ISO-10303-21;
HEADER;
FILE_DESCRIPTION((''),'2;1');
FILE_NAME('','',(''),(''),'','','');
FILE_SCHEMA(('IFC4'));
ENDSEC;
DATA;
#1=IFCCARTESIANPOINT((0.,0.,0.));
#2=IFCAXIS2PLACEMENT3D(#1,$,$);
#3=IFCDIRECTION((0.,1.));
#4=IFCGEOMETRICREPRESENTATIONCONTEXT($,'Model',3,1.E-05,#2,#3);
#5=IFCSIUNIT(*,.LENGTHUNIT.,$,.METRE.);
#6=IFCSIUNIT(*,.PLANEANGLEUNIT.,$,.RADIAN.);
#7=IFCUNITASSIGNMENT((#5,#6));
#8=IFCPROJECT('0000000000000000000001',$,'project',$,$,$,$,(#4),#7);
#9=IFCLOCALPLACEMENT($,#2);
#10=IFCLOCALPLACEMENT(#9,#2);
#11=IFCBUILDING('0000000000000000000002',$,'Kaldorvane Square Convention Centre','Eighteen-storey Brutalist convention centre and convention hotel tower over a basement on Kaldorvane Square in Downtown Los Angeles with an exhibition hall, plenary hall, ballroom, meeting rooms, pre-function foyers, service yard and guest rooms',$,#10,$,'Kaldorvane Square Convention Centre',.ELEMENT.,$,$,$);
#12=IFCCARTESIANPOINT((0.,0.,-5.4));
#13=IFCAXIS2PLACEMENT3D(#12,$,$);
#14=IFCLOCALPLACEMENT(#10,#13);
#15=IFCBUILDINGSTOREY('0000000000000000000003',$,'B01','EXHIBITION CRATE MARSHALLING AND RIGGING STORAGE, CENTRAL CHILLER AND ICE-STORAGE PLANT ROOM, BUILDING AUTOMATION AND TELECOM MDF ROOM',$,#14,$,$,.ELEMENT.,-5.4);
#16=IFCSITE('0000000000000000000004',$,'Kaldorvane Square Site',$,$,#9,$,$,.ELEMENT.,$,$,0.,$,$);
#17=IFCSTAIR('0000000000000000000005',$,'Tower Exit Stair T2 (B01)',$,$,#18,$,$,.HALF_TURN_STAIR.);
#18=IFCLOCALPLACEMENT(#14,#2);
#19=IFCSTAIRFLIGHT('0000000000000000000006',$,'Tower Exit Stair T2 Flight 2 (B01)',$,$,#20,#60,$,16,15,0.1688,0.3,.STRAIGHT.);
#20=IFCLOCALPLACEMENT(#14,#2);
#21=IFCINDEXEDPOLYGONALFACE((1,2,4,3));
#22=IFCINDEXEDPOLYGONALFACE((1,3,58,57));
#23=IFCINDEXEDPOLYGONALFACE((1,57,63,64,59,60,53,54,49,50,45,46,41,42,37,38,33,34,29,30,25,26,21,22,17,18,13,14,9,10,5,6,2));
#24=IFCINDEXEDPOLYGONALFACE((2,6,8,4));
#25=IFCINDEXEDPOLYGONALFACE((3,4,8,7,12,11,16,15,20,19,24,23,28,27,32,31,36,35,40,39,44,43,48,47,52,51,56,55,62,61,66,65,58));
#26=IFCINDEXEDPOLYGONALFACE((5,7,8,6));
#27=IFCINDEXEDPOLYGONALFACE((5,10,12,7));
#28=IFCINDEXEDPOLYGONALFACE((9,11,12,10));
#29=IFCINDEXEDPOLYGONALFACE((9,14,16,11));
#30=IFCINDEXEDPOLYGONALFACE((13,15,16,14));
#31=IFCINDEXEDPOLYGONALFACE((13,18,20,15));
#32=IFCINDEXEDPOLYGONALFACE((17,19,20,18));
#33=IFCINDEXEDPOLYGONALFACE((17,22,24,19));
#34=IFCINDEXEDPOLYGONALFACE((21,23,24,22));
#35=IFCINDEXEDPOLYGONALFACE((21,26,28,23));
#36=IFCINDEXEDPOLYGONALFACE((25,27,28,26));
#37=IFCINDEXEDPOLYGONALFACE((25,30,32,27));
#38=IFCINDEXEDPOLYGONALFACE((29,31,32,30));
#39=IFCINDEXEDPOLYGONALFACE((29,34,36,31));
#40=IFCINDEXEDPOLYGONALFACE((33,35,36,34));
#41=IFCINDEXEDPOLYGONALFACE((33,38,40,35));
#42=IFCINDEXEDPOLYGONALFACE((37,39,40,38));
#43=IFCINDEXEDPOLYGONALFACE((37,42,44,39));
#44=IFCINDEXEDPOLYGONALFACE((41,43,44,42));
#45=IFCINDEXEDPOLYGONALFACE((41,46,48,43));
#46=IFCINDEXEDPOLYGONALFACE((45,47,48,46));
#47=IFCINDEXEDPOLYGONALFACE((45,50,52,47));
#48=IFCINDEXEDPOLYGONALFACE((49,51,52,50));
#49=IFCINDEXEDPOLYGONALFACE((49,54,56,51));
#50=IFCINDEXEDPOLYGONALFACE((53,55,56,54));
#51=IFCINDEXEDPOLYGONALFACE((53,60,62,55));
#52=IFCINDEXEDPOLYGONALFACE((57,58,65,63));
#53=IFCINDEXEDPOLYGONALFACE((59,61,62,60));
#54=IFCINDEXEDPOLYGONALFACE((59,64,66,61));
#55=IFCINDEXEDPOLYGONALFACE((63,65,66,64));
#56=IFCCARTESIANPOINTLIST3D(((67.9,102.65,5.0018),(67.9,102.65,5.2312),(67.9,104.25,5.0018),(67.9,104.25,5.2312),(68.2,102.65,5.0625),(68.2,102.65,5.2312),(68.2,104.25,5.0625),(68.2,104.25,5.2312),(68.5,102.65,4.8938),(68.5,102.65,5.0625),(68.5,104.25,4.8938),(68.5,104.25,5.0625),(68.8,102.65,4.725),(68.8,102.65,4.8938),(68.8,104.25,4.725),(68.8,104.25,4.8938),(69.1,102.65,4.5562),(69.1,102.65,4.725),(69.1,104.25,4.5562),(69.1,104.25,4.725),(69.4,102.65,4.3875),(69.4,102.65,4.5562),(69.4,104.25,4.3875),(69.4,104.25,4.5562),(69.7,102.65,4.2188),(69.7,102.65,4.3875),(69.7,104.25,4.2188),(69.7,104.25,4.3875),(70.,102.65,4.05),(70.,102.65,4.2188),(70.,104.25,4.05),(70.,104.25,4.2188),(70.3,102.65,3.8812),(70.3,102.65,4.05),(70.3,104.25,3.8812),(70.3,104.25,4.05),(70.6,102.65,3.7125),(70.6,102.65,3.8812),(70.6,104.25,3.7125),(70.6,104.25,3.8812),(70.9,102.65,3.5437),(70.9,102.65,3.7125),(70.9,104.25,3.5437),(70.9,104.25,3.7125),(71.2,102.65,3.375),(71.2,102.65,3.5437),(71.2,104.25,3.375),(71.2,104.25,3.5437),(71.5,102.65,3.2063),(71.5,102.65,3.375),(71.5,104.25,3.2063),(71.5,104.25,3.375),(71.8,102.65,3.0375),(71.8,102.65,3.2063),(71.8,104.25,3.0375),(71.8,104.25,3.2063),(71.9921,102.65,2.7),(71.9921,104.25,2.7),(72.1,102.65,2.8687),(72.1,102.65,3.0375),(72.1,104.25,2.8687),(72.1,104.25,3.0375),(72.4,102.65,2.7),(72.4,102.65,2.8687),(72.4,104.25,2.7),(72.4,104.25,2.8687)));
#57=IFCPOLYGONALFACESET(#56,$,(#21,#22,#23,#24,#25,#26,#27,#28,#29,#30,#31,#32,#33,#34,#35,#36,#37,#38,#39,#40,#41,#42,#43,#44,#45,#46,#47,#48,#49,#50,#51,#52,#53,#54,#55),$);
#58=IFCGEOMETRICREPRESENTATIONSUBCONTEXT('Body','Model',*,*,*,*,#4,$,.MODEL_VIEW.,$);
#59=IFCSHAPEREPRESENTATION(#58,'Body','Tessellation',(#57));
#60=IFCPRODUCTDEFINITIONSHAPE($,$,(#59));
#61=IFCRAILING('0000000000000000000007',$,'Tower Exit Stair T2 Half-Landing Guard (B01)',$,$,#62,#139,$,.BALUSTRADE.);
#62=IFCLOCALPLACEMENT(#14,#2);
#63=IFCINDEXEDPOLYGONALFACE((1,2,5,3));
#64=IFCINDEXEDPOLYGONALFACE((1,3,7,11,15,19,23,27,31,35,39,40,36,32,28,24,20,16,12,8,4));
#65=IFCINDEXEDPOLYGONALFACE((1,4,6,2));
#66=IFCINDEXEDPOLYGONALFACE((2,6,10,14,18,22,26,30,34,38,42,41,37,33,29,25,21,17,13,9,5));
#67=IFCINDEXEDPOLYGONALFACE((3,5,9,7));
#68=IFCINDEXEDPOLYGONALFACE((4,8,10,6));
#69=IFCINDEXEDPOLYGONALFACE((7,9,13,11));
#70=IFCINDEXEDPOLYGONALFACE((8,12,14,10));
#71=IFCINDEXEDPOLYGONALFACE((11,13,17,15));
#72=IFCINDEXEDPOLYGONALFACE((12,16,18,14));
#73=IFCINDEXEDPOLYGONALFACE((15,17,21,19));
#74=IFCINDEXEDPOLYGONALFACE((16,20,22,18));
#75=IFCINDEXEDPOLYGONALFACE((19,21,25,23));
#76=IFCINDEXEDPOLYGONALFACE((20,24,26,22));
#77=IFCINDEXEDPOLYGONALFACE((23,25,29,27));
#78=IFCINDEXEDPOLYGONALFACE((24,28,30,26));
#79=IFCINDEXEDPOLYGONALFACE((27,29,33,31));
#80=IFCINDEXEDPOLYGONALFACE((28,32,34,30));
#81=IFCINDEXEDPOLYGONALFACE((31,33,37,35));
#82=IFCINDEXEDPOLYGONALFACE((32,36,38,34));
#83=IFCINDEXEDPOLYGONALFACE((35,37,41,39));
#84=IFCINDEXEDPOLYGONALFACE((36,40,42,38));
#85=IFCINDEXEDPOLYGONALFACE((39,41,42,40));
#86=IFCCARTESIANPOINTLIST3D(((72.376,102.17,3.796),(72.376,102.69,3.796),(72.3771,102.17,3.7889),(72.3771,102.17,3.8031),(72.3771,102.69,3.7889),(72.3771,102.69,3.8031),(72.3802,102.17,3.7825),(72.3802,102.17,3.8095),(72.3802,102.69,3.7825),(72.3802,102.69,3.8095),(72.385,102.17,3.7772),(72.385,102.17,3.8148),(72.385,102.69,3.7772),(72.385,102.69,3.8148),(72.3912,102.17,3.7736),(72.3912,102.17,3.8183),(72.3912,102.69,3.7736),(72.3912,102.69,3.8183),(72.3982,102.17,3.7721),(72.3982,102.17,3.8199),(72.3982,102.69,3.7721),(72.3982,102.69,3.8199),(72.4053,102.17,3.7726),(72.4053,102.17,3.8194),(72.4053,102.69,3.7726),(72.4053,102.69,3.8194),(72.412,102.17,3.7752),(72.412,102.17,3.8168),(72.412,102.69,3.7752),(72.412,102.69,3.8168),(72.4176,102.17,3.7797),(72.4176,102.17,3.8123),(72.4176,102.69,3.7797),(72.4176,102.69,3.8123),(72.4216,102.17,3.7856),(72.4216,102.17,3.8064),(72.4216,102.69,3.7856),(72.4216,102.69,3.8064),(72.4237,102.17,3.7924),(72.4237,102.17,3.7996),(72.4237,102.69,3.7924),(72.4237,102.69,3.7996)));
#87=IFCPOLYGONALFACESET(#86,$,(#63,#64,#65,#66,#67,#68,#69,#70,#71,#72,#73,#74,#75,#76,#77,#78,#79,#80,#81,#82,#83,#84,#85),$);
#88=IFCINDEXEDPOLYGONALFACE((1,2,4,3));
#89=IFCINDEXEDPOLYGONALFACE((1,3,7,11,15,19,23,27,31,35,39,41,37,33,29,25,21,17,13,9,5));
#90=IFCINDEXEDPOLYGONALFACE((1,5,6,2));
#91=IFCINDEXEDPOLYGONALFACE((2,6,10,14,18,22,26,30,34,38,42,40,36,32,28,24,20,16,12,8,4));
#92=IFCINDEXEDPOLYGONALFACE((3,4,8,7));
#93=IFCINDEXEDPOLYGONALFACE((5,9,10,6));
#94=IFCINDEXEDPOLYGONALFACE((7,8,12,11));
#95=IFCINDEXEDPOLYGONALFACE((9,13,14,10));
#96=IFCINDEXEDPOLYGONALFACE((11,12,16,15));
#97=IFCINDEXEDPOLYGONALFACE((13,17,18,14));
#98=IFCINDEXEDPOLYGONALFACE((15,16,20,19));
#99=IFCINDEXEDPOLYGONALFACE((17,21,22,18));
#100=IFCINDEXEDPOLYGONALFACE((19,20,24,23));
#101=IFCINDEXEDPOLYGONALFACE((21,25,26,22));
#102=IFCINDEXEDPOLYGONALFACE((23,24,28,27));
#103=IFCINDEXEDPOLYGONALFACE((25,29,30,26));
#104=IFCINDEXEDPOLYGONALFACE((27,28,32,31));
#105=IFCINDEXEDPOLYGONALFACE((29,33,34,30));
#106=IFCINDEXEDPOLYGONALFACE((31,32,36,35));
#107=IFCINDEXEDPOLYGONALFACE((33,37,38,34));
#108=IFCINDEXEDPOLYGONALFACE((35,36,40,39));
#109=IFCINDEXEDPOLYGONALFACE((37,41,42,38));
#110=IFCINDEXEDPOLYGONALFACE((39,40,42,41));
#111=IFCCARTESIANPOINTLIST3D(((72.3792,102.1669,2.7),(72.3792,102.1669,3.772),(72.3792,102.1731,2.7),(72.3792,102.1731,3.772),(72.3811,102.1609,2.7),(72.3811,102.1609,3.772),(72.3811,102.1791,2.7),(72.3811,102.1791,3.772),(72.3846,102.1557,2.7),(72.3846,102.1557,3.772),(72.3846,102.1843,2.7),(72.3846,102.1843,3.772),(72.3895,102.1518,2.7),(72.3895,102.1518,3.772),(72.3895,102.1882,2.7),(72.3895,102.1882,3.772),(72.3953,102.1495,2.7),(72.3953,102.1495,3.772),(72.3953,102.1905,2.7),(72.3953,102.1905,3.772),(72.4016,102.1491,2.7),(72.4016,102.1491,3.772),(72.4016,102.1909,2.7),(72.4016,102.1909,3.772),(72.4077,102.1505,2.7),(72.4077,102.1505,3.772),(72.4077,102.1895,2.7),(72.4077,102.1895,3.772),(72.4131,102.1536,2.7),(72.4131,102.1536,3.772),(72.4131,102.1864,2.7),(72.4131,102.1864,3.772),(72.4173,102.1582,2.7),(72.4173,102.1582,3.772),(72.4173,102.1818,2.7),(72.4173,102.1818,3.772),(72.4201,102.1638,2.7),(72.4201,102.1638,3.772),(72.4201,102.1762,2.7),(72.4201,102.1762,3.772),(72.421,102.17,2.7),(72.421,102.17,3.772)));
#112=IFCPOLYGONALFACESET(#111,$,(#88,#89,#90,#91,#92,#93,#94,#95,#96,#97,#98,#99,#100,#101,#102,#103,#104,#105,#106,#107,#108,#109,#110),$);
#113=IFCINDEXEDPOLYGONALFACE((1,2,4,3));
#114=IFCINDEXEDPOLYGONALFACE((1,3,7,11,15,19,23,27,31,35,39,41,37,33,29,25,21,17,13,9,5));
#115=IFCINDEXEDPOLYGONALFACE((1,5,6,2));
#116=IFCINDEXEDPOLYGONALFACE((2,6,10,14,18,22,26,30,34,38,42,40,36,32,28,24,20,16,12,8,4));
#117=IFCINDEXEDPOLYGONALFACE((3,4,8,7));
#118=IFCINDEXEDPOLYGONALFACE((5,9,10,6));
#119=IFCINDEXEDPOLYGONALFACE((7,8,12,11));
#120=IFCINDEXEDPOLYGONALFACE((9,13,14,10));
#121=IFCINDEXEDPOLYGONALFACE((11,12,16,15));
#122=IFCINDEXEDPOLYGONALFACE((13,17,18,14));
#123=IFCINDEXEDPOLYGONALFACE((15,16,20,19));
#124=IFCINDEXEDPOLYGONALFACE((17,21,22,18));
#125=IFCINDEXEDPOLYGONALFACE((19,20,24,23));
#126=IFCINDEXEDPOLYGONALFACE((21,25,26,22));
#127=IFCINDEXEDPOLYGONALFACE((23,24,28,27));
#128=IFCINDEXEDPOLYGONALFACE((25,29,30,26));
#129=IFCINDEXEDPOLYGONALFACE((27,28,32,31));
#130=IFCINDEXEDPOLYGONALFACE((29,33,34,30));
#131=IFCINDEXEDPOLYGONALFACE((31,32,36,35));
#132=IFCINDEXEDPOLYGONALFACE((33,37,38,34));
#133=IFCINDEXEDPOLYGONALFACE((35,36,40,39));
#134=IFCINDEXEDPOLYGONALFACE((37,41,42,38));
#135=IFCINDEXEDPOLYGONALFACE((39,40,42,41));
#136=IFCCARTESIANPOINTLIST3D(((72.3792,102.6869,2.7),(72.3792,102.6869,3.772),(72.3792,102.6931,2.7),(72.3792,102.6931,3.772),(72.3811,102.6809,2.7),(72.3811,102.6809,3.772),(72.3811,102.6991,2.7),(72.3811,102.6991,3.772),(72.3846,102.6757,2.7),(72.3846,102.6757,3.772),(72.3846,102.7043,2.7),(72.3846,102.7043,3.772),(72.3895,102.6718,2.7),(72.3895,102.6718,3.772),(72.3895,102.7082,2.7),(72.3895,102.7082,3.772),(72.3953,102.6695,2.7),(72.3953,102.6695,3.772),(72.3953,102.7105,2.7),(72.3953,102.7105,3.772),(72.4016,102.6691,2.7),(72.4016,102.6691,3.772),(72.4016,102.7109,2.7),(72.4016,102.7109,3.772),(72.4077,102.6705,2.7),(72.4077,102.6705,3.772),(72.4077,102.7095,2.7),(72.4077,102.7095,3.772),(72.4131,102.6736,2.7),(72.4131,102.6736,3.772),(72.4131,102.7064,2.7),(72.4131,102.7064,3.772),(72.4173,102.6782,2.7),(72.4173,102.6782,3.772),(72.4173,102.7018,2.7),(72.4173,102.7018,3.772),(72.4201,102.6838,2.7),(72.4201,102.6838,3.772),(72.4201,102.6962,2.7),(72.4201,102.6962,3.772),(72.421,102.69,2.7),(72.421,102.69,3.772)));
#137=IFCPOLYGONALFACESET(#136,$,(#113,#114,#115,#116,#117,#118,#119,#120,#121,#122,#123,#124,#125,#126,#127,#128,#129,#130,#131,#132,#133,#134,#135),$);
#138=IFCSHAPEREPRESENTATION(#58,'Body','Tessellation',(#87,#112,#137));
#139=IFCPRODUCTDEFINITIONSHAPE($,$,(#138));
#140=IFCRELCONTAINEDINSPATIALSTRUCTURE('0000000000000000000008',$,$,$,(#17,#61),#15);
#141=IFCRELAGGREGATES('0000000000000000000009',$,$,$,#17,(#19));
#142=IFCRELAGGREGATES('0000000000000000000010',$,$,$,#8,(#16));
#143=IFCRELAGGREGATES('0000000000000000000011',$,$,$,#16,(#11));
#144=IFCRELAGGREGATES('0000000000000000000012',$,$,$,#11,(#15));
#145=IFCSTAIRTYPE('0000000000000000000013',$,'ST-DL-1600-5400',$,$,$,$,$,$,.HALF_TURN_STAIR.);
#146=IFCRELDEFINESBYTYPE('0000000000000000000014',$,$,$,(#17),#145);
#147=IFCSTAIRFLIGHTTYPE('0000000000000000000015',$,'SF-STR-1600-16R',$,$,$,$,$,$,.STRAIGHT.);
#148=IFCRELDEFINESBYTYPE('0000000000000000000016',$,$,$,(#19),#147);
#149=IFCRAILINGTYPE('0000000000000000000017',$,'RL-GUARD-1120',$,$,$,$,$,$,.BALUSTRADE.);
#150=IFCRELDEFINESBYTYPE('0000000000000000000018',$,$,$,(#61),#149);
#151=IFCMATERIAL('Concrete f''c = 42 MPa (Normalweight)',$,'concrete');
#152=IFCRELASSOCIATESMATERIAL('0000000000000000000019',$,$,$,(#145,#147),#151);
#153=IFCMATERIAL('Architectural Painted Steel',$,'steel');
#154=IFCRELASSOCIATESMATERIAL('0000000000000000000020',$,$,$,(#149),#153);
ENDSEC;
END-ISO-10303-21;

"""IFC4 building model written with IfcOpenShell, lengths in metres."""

from ifc_helpers import new_model, si_unit, direction, frame, origin, origin_2d, place, context, subcontext, project, spatial, polyline, circle, outline, extrude, material, type_object, element, aggregate, save


model = new_model("IFC4")

# Units and contexts
model_context = context("Model", 3, precision=1e-05, world=origin(), true_north=direction((0.0, 1.0)))
body_context = subcontext(model_context, "Body", "Model", "MODEL_VIEW")
ifc_project = project(units=[si_unit("LENGTHUNIT", "METRE"), si_unit("PLANEANGLEUNIT", "RADIAN")], contexts=[model_context])

# Site, building, storey
site_placement = place(None, origin())
site = spatial("IfcSite", under=ifc_project, at=site_placement, Name="Kaldorvane Square Site", CompositionType="ELEMENT", RefElevation=0.0)
building_placement = place(site_placement, origin())
building = spatial("IfcBuilding", under=site, at=building_placement, Name="Kaldorvane Square Convention Centre", Description="Eighteen-storey Brutalist convention centre and convention hotel tower over a basement on Kaldorvane Square in Downtown Los Angeles with an exhibition hall, plenary hall, ballroom, meeting rooms, pre-function foyers, service yard and guest rooms", LongName="Kaldorvane Square Convention Centre", CompositionType="ELEMENT")
storey_placement = place(building_placement, frame((0.0, 0.0, -5.4)))
storey = spatial("IfcBuildingStorey", under=building, at=storey_placement, Name="B01", Description="EXHIBITION CRATE MARSHALLING AND RIGGING STORAGE, CENTRAL CHILLER AND ICE-STORAGE PLANT ROOM, BUILDING AUTOMATION AND TELECOM MDF ROOM", CompositionType="ELEMENT", Elevation=-5.4)

# Shared definitions
ifc_material_1 = material(Name="Concrete f'c = 42 MPa (Normalweight)", Category="concrete")

# Stair, stair flight
stair_type = type_object("IfcStairType", Name="ST-DL-1600-5400", PredefinedType="HALF_TURN_STAIR", material=ifc_material_1)
stair_placement = place(storey_placement, origin())
stair = element("IfcStair", 1, at=stair_placement, inside=storey, type_object=stair_type, Name="Tower Exit Stair T2 (B01)", PredefinedType="HALF_TURN_STAIR")
stair_flight_type = type_object("IfcStairFlightType", Name="SF-STR-1600-16R", PredefinedType="STRAIGHT", material=ifc_material_1)
stair_flight_1_placement = place(storey_placement, frame((72.4, 103.45, 2.7), z_axis=(0.0, 0.0, 1.0), x_axis=(-1.0, 0.0, 0.0)))
stair_flight_1 = element("IfcStairFlight", 2, at=stair_flight_1_placement, type_object=stair_flight_type, Name="Tower Exit Stair T2 Flight 2 (B01)", NumberOfRisers=16, NumberOfTreads=15, PredefinedType="STRAIGHT", RiserHeight=0.1688, TreadLength=0.3, context=body_context, shape_type="SweptSolid", body=[
    extrude(outline(polyline([(0.0, 0.0), (0.0, 0.1687), (0.3, 0.1687), (0.3, 0.3375), (0.6, 0.3375), (0.6, 0.5063), (0.9, 0.5063), (0.9, 0.675), (1.2, 0.675), (1.2, 0.8438), (1.5, 0.8438), (1.5, 1.0125), (1.8, 1.0125), (1.8, 1.1812), (2.1, 1.1812), (2.1, 1.35), (2.4, 1.35), (2.4, 1.5188), (2.7, 1.5188), (2.7, 1.6875), (3.0, 1.6875), (3.0, 1.8562), (3.3, 1.8562), (3.3, 2.025), (3.6, 2.025), (3.6, 2.1938), (3.9, 2.1938), (3.9, 2.3625), (4.2, 2.3625), (4.2, 2.5312), (4.5, 2.5312), (4.5, 2.7), (4.5, 2.3018), (0.4079, 0.0), (0.0, 0.0)])), frame((0.0, 0.8, 0.0), z_axis=(0.0, -1.0, 0.0), x_axis=(1.0, 0.0, 0.0)), (0.0, 0.0, 1.0), 1.6),
])
aggregate(stair, [stair_flight_1])

# Railing
ifc_material_2 = material(Name="Architectural Painted Steel", Category="steel")
railing_type_1 = type_object("IfcRailingType", Name="RL-GUARD-1120", PredefinedType="BALUSTRADE", material=ifc_material_2)
railing_1_placement = place(storey_placement, frame((72.4, 102.17, 2.7)))
element("IfcRailing", 3, at=railing_1_placement, inside=storey, type_object=railing_type_1, Name="Tower Exit Stair T2 Half-Landing Guard (B01)", PredefinedType="BALUSTRADE", context=body_context, shape_type="SweptSolid", body=[
    extrude(circle(Radius=0.024, at=origin_2d()), frame((0.0, 0.0, 1.096), z_axis=(0.0, 1.0, 0.0), x_axis=(-1.0, 0.0, 0.0)), (0.0, 0.0, 1.0), 0.52),
    extrude(circle(Radius=0.021, at=origin_2d()), origin(), (0.0, 0.0, 1.0), 1.072),
    extrude(circle(Radius=0.021, at=origin_2d()), frame((0.0, 0.52, 0.0)), (0.0, 0.0, 1.0), 1.072),
])

save(model, "model.ifc")
